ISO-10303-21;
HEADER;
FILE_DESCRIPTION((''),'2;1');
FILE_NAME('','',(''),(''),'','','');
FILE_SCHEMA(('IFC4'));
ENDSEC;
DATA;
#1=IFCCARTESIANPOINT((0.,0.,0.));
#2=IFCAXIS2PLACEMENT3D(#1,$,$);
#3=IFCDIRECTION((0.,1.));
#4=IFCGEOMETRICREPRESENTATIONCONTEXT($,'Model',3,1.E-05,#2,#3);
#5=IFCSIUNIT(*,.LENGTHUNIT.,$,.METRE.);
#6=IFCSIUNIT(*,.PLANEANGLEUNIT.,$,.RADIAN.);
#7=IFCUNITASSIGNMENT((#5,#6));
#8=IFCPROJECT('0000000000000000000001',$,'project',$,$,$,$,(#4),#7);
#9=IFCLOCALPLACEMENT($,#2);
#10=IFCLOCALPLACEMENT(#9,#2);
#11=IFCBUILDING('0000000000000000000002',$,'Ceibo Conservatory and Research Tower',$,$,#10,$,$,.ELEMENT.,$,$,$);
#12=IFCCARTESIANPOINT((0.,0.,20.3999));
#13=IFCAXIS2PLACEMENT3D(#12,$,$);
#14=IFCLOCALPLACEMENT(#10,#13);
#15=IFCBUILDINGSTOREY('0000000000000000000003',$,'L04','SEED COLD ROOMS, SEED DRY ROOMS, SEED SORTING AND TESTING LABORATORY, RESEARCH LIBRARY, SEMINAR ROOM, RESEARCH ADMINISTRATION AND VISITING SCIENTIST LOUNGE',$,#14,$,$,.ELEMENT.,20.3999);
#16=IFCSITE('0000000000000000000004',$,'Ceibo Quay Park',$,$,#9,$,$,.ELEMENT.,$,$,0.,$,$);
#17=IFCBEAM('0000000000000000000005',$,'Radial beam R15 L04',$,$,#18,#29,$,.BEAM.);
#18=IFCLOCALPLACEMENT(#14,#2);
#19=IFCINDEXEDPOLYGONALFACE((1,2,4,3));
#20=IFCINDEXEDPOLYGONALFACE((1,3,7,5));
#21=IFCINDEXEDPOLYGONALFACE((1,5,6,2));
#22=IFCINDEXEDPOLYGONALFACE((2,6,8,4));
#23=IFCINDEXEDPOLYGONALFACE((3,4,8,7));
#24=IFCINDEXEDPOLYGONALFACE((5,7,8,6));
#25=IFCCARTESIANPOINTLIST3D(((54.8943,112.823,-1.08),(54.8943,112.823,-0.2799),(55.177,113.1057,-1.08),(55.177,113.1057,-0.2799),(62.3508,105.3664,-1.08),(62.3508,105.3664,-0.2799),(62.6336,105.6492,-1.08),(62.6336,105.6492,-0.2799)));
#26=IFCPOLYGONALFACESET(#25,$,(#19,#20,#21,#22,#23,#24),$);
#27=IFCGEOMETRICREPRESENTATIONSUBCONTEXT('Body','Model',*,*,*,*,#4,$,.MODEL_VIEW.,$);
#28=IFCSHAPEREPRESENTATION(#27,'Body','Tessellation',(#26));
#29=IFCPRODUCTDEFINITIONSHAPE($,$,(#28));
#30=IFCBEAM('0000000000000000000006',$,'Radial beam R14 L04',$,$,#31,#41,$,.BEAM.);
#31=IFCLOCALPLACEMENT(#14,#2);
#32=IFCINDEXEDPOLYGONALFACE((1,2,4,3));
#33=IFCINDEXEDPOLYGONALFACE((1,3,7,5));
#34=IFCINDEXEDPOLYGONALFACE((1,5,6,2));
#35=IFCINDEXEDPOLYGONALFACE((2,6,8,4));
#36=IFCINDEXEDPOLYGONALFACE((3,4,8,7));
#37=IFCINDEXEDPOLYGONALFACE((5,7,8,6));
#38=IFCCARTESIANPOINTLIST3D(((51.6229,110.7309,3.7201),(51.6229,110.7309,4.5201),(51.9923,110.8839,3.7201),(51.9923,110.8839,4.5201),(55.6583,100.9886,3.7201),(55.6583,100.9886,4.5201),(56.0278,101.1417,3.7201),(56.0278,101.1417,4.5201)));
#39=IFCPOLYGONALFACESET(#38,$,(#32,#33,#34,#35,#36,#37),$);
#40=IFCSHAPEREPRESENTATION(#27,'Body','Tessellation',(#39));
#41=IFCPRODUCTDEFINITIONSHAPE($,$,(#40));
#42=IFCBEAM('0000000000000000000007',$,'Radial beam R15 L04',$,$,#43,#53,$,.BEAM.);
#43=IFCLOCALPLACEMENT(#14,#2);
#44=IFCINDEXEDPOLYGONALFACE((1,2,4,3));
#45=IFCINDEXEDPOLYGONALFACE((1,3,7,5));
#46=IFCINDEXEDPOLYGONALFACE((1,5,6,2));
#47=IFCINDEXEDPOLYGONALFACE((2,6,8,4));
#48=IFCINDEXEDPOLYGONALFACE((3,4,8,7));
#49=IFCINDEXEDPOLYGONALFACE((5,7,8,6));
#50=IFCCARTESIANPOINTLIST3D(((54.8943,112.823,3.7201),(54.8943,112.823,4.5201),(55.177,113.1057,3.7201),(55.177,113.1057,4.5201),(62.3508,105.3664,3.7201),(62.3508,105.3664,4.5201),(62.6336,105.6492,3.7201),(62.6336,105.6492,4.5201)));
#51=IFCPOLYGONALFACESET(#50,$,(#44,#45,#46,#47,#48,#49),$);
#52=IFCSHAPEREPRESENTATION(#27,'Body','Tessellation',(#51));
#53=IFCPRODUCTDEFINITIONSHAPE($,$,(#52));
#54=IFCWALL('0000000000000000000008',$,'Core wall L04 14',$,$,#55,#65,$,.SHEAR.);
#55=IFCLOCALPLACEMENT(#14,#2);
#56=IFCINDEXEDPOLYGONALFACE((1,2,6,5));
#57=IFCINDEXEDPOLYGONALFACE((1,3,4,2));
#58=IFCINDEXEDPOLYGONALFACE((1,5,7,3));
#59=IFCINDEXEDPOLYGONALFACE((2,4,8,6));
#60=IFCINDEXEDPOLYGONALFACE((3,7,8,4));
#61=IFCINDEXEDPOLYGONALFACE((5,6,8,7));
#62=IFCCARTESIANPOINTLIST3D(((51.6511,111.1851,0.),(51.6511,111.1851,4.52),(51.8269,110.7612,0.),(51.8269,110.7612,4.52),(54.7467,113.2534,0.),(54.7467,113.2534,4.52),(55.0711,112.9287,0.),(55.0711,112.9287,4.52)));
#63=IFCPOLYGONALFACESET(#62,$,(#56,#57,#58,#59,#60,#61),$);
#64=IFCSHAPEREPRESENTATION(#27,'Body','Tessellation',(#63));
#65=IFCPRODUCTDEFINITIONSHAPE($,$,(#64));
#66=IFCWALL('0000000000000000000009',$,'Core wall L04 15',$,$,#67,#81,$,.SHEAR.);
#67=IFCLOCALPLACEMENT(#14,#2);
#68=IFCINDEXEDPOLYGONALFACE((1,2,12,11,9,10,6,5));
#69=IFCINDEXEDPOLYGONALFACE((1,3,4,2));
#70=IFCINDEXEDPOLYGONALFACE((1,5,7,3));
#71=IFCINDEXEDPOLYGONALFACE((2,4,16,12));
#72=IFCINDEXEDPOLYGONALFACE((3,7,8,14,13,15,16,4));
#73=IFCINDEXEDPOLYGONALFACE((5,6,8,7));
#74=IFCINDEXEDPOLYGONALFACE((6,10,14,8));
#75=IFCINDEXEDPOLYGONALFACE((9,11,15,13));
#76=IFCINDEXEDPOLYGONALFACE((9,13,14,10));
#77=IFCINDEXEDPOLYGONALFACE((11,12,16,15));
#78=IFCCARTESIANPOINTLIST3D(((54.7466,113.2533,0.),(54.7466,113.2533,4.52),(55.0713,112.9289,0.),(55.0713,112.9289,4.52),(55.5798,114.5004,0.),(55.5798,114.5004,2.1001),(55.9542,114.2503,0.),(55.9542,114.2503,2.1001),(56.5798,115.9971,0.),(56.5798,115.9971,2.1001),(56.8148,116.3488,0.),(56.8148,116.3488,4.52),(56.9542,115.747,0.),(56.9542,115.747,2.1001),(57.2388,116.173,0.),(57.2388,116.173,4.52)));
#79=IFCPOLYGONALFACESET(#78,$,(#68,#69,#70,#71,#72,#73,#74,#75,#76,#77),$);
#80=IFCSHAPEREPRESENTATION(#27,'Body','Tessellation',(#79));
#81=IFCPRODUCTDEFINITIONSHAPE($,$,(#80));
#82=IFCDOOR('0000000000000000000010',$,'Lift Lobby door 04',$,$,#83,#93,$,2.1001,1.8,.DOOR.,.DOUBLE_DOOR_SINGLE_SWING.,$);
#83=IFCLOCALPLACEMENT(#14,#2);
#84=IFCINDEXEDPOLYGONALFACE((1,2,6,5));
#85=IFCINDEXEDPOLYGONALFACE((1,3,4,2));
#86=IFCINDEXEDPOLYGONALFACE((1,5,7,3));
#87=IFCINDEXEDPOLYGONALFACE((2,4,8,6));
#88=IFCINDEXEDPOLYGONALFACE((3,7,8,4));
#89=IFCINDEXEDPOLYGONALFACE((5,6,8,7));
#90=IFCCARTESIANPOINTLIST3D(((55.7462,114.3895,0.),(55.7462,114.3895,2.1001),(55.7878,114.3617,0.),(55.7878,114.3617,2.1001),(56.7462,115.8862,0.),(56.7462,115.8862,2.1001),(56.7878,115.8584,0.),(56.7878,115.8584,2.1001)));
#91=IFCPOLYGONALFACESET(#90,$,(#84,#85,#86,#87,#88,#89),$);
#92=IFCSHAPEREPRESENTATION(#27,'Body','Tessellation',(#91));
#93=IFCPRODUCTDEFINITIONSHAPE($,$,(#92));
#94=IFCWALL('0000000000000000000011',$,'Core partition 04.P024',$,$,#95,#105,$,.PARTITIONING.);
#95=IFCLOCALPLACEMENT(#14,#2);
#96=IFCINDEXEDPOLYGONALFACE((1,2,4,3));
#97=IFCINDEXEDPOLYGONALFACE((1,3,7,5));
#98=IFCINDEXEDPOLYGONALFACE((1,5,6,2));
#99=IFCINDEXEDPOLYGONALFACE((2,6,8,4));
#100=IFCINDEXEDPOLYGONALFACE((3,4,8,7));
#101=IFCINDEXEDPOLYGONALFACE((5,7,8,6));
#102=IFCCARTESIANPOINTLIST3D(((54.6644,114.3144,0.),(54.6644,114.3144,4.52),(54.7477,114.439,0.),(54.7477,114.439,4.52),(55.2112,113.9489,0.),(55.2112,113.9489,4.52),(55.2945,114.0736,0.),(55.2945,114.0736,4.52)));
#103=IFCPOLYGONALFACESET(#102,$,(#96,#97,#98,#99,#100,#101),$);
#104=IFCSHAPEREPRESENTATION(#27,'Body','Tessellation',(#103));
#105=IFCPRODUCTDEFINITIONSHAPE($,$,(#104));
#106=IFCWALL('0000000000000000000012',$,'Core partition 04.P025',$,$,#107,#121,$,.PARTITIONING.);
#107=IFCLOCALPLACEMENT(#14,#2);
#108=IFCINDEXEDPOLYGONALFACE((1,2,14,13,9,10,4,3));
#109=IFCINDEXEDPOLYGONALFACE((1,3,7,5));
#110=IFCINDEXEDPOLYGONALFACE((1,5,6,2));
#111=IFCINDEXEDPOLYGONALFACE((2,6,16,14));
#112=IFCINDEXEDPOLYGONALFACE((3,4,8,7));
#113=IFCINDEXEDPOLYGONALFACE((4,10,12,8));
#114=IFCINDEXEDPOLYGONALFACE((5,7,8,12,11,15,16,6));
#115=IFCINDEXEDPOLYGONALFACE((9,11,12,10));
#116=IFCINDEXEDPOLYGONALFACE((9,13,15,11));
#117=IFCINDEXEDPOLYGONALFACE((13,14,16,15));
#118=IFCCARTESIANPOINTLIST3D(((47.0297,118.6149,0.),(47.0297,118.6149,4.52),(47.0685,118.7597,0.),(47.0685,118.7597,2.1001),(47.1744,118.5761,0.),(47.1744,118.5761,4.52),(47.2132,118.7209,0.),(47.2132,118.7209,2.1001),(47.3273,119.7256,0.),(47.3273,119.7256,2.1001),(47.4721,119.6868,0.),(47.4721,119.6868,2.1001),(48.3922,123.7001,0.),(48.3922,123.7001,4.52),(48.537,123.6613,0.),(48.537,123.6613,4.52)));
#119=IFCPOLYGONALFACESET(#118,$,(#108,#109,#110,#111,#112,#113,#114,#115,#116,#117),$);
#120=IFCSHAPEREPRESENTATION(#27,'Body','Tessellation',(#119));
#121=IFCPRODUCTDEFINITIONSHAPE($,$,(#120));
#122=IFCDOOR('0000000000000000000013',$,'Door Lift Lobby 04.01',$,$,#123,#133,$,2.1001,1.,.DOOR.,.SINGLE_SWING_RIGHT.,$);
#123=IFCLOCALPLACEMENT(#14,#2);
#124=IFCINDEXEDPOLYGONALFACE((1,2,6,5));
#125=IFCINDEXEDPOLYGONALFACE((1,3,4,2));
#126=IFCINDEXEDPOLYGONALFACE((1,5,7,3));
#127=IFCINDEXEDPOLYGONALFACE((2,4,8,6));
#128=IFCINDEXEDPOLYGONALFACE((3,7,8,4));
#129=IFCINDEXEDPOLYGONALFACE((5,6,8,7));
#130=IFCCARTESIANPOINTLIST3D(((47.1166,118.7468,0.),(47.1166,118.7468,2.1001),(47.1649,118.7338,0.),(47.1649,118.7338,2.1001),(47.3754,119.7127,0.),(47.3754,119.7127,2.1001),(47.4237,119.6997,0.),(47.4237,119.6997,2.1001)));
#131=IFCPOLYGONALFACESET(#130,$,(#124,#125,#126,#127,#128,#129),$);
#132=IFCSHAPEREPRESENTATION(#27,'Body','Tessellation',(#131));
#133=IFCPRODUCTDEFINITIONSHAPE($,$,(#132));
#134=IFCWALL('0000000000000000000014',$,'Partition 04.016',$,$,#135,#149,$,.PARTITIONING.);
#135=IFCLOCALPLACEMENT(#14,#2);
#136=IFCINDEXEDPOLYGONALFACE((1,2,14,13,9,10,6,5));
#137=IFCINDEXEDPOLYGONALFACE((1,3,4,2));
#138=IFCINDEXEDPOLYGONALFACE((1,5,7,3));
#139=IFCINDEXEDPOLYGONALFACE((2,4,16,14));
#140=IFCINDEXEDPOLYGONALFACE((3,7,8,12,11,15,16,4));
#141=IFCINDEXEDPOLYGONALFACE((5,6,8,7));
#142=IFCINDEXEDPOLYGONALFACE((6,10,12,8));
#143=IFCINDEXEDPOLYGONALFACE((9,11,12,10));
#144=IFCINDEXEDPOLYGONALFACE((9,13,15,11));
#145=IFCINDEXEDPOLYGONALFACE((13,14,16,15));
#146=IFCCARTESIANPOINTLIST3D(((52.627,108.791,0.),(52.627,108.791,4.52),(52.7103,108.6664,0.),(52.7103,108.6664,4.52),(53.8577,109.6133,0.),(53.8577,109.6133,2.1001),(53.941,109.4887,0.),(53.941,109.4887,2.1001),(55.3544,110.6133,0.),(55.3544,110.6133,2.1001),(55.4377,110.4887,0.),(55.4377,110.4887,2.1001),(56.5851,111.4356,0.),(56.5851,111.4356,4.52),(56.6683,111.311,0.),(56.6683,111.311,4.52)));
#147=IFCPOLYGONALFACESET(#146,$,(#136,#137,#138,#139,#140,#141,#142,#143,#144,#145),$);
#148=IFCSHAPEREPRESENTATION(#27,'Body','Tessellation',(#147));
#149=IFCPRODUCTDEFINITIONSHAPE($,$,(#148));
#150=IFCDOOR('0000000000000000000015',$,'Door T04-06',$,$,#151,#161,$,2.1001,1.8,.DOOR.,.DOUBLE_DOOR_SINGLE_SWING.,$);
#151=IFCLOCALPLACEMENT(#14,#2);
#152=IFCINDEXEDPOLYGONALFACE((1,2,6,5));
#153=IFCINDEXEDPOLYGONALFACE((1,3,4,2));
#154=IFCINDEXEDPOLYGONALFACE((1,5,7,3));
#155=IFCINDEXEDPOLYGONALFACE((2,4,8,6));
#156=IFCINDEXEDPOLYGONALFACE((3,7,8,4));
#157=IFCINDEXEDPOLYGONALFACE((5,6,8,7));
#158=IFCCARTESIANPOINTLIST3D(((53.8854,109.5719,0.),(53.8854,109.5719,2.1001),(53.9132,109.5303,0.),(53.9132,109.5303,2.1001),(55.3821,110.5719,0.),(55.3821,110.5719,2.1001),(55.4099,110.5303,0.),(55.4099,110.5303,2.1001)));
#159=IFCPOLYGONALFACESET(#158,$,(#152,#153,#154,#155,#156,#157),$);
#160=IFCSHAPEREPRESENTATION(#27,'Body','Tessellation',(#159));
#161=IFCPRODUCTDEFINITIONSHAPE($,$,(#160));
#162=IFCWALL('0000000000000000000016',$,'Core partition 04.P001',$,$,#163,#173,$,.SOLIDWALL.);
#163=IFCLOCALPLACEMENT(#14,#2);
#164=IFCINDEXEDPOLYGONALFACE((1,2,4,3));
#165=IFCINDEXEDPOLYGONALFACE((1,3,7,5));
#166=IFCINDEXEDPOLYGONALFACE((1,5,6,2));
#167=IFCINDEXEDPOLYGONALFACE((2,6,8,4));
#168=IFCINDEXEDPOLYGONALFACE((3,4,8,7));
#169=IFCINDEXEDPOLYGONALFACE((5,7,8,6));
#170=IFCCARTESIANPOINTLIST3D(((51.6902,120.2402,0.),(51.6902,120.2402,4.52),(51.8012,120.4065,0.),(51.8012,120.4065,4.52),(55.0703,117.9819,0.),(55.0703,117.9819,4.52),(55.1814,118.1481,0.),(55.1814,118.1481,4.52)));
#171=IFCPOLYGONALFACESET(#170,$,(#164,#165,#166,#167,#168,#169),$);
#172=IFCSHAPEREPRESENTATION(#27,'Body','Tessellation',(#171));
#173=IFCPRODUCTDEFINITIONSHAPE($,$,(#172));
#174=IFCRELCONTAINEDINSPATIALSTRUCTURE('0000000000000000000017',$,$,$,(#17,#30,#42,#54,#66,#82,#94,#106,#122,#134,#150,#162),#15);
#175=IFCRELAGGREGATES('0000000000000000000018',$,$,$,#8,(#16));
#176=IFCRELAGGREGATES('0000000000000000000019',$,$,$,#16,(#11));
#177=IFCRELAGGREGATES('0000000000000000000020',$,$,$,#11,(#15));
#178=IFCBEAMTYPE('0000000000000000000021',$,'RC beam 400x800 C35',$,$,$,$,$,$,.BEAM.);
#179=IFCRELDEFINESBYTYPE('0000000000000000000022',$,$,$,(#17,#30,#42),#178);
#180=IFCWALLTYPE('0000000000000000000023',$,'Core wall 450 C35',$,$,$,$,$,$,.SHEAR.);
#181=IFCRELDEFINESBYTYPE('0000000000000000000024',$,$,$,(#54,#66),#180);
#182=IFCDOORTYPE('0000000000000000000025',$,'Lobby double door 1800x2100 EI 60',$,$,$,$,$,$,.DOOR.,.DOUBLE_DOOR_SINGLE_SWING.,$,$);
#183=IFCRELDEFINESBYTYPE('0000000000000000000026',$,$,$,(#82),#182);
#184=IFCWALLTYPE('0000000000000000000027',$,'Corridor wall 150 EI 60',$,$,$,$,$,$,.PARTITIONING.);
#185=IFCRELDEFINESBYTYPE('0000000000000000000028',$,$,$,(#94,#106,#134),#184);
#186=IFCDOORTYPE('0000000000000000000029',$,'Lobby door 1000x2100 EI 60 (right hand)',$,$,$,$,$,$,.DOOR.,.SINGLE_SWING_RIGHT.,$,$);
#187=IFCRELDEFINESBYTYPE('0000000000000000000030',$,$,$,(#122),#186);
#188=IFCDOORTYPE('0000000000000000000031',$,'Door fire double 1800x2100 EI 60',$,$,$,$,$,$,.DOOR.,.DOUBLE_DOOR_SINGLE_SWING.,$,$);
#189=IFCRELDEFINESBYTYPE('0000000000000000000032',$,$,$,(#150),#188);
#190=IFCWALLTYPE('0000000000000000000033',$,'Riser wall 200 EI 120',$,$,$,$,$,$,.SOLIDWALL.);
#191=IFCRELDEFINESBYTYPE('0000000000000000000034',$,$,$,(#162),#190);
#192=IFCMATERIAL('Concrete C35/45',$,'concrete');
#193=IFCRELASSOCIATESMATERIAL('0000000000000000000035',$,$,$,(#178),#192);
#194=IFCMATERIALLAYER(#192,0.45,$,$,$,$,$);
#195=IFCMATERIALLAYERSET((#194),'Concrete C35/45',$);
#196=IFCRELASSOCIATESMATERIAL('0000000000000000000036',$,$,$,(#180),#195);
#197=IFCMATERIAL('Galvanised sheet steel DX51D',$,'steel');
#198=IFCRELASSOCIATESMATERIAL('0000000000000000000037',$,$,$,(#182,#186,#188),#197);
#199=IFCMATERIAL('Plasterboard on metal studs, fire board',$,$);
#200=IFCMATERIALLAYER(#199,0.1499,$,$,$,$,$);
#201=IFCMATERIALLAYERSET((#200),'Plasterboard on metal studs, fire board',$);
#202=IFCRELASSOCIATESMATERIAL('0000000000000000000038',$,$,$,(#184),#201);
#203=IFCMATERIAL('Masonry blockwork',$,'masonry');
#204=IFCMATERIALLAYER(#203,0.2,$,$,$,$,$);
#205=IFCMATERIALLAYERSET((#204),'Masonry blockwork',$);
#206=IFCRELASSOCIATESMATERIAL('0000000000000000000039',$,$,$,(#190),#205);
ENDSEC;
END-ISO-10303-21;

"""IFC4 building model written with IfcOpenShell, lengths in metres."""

from ifc_helpers import new_model, si_unit, direction, frame, frame_2d, origin, origin_2d, place, context, subcontext, project, spatial, polyline, rectangle, outline, extrude, material, layer, layer_set, material_profile, profile_set, type_object, element, fill, save


model = new_model("IFC4")

# Units and contexts
model_context = context("Model", 3, precision=1e-05, world=origin(), true_north=direction((0.0, 1.0)))
body_context = subcontext(model_context, "Body", "Model", "MODEL_VIEW")
ifc_project = project(units=[si_unit("LENGTHUNIT", "METRE"), si_unit("PLANEANGLEUNIT", "RADIAN")], contexts=[model_context])

# Site, building, storey
site_placement = place(None, origin())
site = spatial("IfcSite", under=ifc_project, at=site_placement, Name="Ceibo Quay Park", CompositionType="ELEMENT", RefElevation=0.0)
building_placement = place(site_placement, origin())
building = spatial("IfcBuilding", under=site, at=building_placement, Name="Ceibo Conservatory and Research Tower", CompositionType="ELEMENT")
storey_placement = place(building_placement, frame((0.0, 0.0, 20.3999)))
storey = spatial("IfcBuildingStorey", under=building, at=storey_placement, Name="L04", Description="SEED COLD ROOMS, SEED DRY ROOMS, SEED SORTING AND TESTING LABORATORY, RESEARCH LIBRARY, SEMINAR ROOM, RESEARCH ADMINISTRATION AND VISITING SCIENTIST LOUNGE", CompositionType="ELEMENT", Elevation=20.3999)

# Beams
ifc_material_1 = material(Name="Concrete C35/45", Category="concrete")
ifc_material_profile = material_profile(ifc_material_1, rectangle(XDim=0.3999, YDim=0.8, at=origin_2d()), Name="RC 400x800")
ifc_profile_set = profile_set([ifc_material_profile], Name="Concrete C35/45")
beam_type = type_object("IfcBeamType", Name="RC beam 400x800 C35", PredefinedType="BEAM", material=ifc_profile_set)
beam_1_placement = place(storey_placement, frame((55.0356, 112.9644, -0.6799), z_axis=(0.707107, -0.707107, 0.0), x_axis=(0.707107, 0.707107, 0.0)))
element("IfcBeam", 1, at=beam_1_placement, inside=storey, type_object=beam_type, Name="Radial beam R15 L04", PredefinedType="BEAM", context=body_context, shape_type="SweptSolid", body=[
    extrude(rectangle(XDim=0.3999, YDim=0.8, at=origin_2d()), origin(), (0.0, 0.0, 1.0), 10.5452),
])
beam_2_placement = place(storey_placement, frame((51.8076, 110.8074, 4.1201), z_axis=(0.382688, -0.923878, 0.0), x_axis=(0.923878, 0.382688, 0.0)))
element("IfcBeam", 2, at=beam_2_placement, inside=storey, type_object=beam_type, Name="Radial beam R14 L04", PredefinedType="BEAM", context=body_context, shape_type="SweptSolid", body=[
    extrude(rectangle(XDim=0.3999, YDim=0.8, at=origin_2d()), origin(), (0.0, 0.0, 1.0), 10.5449),
])
beam_3_placement = place(storey_placement, frame((55.0356, 112.9644, 4.1201), z_axis=(0.707107, -0.707107, 0.0), x_axis=(0.707107, 0.707107, 0.0)))
element("IfcBeam", 3, at=beam_3_placement, inside=storey, type_object=beam_type, Name="Radial beam R15 L04", PredefinedType="BEAM", context=body_context, shape_type="SweptSolid", body=[
    extrude(rectangle(XDim=0.3999, YDim=0.8, at=origin_2d()), origin(), (0.0, 0.0, 1.0), 10.5452),
])

# Wall
ifc_layer_1 = layer(ifc_material_1, 0.45)
ifc_layer_set_1 = layer_set([ifc_layer_1], Name="Concrete C35/45")
wall_type_1 = type_object("IfcWallType", Name="Core wall 450 C35", PredefinedType="SHEAR", material=ifc_layer_set_1)
wall_1_placement = place(storey_placement, frame((51.739, 110.9731, 0.0), z_axis=(0.0, 0.0, 1.0), x_axis=(0.831488, 0.555542, 0.0)))
element("IfcWall", 4, at=wall_1_placement, inside=storey, type_object=wall_type_1, Name="Core wall L04 14", PredefinedType="SHEAR", context=body_context, shape_type="SweptSolid", body=[
    extrude(outline(polyline([(-0.0447, -0.2251), (3.8569, -0.2251), (3.7676, 0.2251), (0.0447, 0.2251), (-0.0447, -0.2251)])), origin(), (0.0, 0.0, 1.0), 4.52),
])

# Wall, opening, door
wall_2_placement = place(storey_placement, frame((54.9089, 113.0911, 0.0), z_axis=(0.0, 0.0, 1.0), x_axis=(0.555542, 0.831488, 0.0)))
wall_2 = element("IfcWall", 5, at=wall_2_placement, inside=storey, type_object=wall_type_1, Name="Core wall L04 15", PredefinedType="SHEAR", context=body_context, shape_type="SweptSolid", body=[
    extrude(outline(polyline([(-0.0447, -0.2251), (3.8569, -0.2251), (3.7676, 0.2251), (0.0447, 0.2251), (-0.0447, -0.2251)])), origin(), (0.0, 0.0, 1.0), 4.52),
])
opening_1_placement = place(wall_2_placement, frame((1.5447, 0.0, 0.0)))
opening_1 = element("IfcOpeningElement", 6, at=opening_1_placement, cuts=wall_2, PredefinedType="OPENING", context=body_context, shape_type="SweptSolid", body=[
    extrude(rectangle(XDim=1.8, YDim=2.1001, at=frame_2d((0.8999, 1.05))), frame((0.0, 0.2349, 0.0), z_axis=(0.0, -1.0, 0.0), x_axis=(1.0, 0.0, 0.0)), (0.0, 0.0, 1.0), 0.47),
])
ifc_material_2 = material(Name="Galvanised sheet steel DX51D", Category="steel")
door_type_1 = type_object("IfcDoorType", Name="Lobby double door 1800x2100 EI 60", OperationType="DOUBLE_DOOR_SINGLE_SWING", PredefinedType="DOOR", material=ifc_material_2)
door_1_placement = place(opening_1_placement, frame((1.8, 0.0, 0.0), z_axis=(0.0, 0.0, 1.0), x_axis=(-1.0, 0.0, 0.0)))
door_1 = element("IfcDoor", 7, at=door_1_placement, inside=storey, type_object=door_type_1, Name="Lift Lobby door 04", OperationType="DOUBLE_DOOR_SINGLE_SWING", OverallHeight=2.1001, OverallWidth=1.8, PredefinedType="DOOR", context=body_context, shape_type="SweptSolid", body=[
    extrude(rectangle(XDim=1.8, YDim=2.1001, at=frame_2d((0.8999, 1.05))), frame((0.0, 0.0249, 0.0), z_axis=(0.0, -1.0, 0.0), x_axis=(1.0, 0.0, 0.0)), (0.0, 0.0, 1.0), 0.05),
])
fill(opening_1, door_1)

# Wall
ifc_material_3 = material(Name="Plasterboard on metal studs, fire board")
ifc_layer_2 = layer(ifc_material_3, 0.1499)
ifc_layer_set_2 = layer_set([ifc_layer_2], Name="Plasterboard on metal studs, fire board")
wall_type_2 = type_object("IfcWallType", Name="Corridor wall 150 EI 60", PredefinedType="PARTITIONING", material=ifc_layer_set_2)
wall_3_placement = place(storey_placement, frame((54.7061, 114.3767, 0.0), z_axis=(0.0, 0.0, 1.0), x_axis=(0.831422, -0.555642, 0.0)))
element("IfcWall", 8, at=wall_3_placement, inside=storey, type_object=wall_type_2, Name="Core partition 04.P024", PredefinedType="PARTITIONING", context=body_context, shape_type="SweptSolid", body=[
    extrude(rectangle(XDim=0.6577, YDim=0.1499, at=frame_2d((0.3289, 0.0))), origin(), (0.0, 0.0, 1.0), 4.52),
])

# Walls, openings, doors
wall_4_placement = place(storey_placement, frame((47.1021, 118.5955, 0.0), z_axis=(0.0, 0.0, 1.0), x_axis=(0.258814, 0.965927, 0.0)))
wall_4 = element("IfcWall", 9, at=wall_4_placement, inside=storey, type_object=wall_type_2, Name="Core partition 04.P025", PredefinedType="PARTITIONING", context=body_context, shape_type="SweptSolid", body=[
    extrude(rectangle(XDim=5.2646, YDim=0.1499, at=frame_2d((2.6323, 0.0))), origin(), (0.0, 0.0, 1.0), 4.52),
])
opening_2_placement = place(wall_4_placement, frame((0.1499, 0.0, 0.0)))
opening_2 = element("IfcOpeningElement", 10, at=opening_2_placement, cuts=wall_4, PredefinedType="OPENING", context=body_context, shape_type="SweptSolid", body=[
    extrude(rectangle(XDim=1.0, YDim=2.1001, at=frame_2d((0.5, 1.05))), frame((0.0, 0.085, 0.0), z_axis=(0.0, -1.0, 0.0), x_axis=(1.0, 0.0, 0.0)), (0.0, 0.0, 1.0), 0.1699),
])
door_type_2 = type_object("IfcDoorType", Name="Lobby door 1000x2100 EI 60 (right hand)", OperationType="SINGLE_SWING_RIGHT", PredefinedType="DOOR", material=ifc_material_2)
door_2_placement = place(opening_2_placement, frame((1.0, 0.0, 0.0), z_axis=(0.0, 0.0, 1.0), x_axis=(-1.0, 0.0, 0.0)))
door_2 = element("IfcDoor", 11, at=door_2_placement, inside=storey, type_object=door_type_2, Name="Door Lift Lobby 04.01", OperationType="SINGLE_SWING_RIGHT", OverallHeight=2.1001, OverallWidth=1.0, PredefinedType="DOOR", context=body_context, shape_type="SweptSolid", body=[
    extrude(rectangle(XDim=1.0, YDim=2.1001, at=frame_2d((0.5, 1.05))), frame((0.0, 0.0249, 0.0), z_axis=(0.0, -1.0, 0.0), x_axis=(1.0, 0.0, 0.0)), (0.0, 0.0, 1.0), 0.05),
])
fill(opening_2, door_2)
wall_5_placement = place(storey_placement, frame((56.6267, 111.3733, 0.0), z_axis=(0.0, 0.0, 1.0), x_axis=(-0.831482, -0.555552, 0.0)))
wall_5 = element("IfcWall", 12, at=wall_5_placement, inside=storey, type_object=wall_type_2, Name="Partition 04.016", PredefinedType="PARTITIONING", context=body_context, shape_type="SweptSolid", body=[
    extrude(rectangle(XDim=4.7603, YDim=0.1499, at=frame_2d((2.3801, 0.0))), origin(), (0.0, 0.0, 1.0), 4.52),
])
opening_3_placement = place(wall_5_placement, frame((1.4802, 0.0, 0.0)))
opening_3 = element("IfcOpeningElement", 13, at=opening_3_placement, cuts=wall_5, PredefinedType="OPENING", context=body_context, shape_type="SweptSolid", body=[
    extrude(rectangle(XDim=1.8, YDim=2.1001, at=frame_2d((0.8999, 1.05))), frame((0.0, 0.085, 0.0), z_axis=(0.0, -1.0, 0.0), x_axis=(1.0, 0.0, 0.0)), (0.0, 0.0, 1.0), 0.1699),
])
door_type_3 = type_object("IfcDoorType", Name="Door fire double 1800x2100 EI 60", OperationType="DOUBLE_DOOR_SINGLE_SWING", PredefinedType="DOOR", material=ifc_material_2)
door_3_placement = place(opening_3_placement, origin())
door_3 = element("IfcDoor", 14, at=door_3_placement, inside=storey, type_object=door_type_3, Name="Door T04-06", OperationType="DOUBLE_DOOR_SINGLE_SWING", OverallHeight=2.1001, OverallWidth=1.8, PredefinedType="DOOR", context=body_context, shape_type="SweptSolid", body=[
    extrude(rectangle(XDim=1.8, YDim=2.1001, at=frame_2d((0.8999, 1.05))), frame((0.0, 0.0249, 0.0), z_axis=(0.0, -1.0, 0.0), x_axis=(1.0, 0.0, 0.0)), (0.0, 0.0, 1.0), 0.05),
])
fill(opening_3, door_3)

# Wall
ifc_material_4 = material(Name="Masonry blockwork", Category="masonry")
ifc_layer_3 = layer(ifc_material_4, 0.2)
ifc_layer_set_3 = layer_set([ifc_layer_3], Name="Masonry blockwork")
wall_type_3 = type_object("IfcWallType", Name="Riser wall 200 EI 120", PredefinedType="SOLIDWALL", material=ifc_layer_set_3)
wall_6_placement = place(storey_placement, frame((55.126, 118.0649, 0.0), z_axis=(0.0, 0.0, 1.0), x_axis=(-0.831496, 0.555531, 0.0)))
element("IfcWall", 15, at=wall_6_placement, inside=storey, type_object=wall_type_3, Name="Core partition 04.P001", PredefinedType="SOLIDWALL", context=body_context, shape_type="SweptSolid", body=[
    extrude(rectangle(XDim=4.0652, YDim=0.2, at=frame_2d((2.0327, 0.0))), origin(), (0.0, 0.0, 1.0), 4.52),
])

save(model, "model.ifc")
